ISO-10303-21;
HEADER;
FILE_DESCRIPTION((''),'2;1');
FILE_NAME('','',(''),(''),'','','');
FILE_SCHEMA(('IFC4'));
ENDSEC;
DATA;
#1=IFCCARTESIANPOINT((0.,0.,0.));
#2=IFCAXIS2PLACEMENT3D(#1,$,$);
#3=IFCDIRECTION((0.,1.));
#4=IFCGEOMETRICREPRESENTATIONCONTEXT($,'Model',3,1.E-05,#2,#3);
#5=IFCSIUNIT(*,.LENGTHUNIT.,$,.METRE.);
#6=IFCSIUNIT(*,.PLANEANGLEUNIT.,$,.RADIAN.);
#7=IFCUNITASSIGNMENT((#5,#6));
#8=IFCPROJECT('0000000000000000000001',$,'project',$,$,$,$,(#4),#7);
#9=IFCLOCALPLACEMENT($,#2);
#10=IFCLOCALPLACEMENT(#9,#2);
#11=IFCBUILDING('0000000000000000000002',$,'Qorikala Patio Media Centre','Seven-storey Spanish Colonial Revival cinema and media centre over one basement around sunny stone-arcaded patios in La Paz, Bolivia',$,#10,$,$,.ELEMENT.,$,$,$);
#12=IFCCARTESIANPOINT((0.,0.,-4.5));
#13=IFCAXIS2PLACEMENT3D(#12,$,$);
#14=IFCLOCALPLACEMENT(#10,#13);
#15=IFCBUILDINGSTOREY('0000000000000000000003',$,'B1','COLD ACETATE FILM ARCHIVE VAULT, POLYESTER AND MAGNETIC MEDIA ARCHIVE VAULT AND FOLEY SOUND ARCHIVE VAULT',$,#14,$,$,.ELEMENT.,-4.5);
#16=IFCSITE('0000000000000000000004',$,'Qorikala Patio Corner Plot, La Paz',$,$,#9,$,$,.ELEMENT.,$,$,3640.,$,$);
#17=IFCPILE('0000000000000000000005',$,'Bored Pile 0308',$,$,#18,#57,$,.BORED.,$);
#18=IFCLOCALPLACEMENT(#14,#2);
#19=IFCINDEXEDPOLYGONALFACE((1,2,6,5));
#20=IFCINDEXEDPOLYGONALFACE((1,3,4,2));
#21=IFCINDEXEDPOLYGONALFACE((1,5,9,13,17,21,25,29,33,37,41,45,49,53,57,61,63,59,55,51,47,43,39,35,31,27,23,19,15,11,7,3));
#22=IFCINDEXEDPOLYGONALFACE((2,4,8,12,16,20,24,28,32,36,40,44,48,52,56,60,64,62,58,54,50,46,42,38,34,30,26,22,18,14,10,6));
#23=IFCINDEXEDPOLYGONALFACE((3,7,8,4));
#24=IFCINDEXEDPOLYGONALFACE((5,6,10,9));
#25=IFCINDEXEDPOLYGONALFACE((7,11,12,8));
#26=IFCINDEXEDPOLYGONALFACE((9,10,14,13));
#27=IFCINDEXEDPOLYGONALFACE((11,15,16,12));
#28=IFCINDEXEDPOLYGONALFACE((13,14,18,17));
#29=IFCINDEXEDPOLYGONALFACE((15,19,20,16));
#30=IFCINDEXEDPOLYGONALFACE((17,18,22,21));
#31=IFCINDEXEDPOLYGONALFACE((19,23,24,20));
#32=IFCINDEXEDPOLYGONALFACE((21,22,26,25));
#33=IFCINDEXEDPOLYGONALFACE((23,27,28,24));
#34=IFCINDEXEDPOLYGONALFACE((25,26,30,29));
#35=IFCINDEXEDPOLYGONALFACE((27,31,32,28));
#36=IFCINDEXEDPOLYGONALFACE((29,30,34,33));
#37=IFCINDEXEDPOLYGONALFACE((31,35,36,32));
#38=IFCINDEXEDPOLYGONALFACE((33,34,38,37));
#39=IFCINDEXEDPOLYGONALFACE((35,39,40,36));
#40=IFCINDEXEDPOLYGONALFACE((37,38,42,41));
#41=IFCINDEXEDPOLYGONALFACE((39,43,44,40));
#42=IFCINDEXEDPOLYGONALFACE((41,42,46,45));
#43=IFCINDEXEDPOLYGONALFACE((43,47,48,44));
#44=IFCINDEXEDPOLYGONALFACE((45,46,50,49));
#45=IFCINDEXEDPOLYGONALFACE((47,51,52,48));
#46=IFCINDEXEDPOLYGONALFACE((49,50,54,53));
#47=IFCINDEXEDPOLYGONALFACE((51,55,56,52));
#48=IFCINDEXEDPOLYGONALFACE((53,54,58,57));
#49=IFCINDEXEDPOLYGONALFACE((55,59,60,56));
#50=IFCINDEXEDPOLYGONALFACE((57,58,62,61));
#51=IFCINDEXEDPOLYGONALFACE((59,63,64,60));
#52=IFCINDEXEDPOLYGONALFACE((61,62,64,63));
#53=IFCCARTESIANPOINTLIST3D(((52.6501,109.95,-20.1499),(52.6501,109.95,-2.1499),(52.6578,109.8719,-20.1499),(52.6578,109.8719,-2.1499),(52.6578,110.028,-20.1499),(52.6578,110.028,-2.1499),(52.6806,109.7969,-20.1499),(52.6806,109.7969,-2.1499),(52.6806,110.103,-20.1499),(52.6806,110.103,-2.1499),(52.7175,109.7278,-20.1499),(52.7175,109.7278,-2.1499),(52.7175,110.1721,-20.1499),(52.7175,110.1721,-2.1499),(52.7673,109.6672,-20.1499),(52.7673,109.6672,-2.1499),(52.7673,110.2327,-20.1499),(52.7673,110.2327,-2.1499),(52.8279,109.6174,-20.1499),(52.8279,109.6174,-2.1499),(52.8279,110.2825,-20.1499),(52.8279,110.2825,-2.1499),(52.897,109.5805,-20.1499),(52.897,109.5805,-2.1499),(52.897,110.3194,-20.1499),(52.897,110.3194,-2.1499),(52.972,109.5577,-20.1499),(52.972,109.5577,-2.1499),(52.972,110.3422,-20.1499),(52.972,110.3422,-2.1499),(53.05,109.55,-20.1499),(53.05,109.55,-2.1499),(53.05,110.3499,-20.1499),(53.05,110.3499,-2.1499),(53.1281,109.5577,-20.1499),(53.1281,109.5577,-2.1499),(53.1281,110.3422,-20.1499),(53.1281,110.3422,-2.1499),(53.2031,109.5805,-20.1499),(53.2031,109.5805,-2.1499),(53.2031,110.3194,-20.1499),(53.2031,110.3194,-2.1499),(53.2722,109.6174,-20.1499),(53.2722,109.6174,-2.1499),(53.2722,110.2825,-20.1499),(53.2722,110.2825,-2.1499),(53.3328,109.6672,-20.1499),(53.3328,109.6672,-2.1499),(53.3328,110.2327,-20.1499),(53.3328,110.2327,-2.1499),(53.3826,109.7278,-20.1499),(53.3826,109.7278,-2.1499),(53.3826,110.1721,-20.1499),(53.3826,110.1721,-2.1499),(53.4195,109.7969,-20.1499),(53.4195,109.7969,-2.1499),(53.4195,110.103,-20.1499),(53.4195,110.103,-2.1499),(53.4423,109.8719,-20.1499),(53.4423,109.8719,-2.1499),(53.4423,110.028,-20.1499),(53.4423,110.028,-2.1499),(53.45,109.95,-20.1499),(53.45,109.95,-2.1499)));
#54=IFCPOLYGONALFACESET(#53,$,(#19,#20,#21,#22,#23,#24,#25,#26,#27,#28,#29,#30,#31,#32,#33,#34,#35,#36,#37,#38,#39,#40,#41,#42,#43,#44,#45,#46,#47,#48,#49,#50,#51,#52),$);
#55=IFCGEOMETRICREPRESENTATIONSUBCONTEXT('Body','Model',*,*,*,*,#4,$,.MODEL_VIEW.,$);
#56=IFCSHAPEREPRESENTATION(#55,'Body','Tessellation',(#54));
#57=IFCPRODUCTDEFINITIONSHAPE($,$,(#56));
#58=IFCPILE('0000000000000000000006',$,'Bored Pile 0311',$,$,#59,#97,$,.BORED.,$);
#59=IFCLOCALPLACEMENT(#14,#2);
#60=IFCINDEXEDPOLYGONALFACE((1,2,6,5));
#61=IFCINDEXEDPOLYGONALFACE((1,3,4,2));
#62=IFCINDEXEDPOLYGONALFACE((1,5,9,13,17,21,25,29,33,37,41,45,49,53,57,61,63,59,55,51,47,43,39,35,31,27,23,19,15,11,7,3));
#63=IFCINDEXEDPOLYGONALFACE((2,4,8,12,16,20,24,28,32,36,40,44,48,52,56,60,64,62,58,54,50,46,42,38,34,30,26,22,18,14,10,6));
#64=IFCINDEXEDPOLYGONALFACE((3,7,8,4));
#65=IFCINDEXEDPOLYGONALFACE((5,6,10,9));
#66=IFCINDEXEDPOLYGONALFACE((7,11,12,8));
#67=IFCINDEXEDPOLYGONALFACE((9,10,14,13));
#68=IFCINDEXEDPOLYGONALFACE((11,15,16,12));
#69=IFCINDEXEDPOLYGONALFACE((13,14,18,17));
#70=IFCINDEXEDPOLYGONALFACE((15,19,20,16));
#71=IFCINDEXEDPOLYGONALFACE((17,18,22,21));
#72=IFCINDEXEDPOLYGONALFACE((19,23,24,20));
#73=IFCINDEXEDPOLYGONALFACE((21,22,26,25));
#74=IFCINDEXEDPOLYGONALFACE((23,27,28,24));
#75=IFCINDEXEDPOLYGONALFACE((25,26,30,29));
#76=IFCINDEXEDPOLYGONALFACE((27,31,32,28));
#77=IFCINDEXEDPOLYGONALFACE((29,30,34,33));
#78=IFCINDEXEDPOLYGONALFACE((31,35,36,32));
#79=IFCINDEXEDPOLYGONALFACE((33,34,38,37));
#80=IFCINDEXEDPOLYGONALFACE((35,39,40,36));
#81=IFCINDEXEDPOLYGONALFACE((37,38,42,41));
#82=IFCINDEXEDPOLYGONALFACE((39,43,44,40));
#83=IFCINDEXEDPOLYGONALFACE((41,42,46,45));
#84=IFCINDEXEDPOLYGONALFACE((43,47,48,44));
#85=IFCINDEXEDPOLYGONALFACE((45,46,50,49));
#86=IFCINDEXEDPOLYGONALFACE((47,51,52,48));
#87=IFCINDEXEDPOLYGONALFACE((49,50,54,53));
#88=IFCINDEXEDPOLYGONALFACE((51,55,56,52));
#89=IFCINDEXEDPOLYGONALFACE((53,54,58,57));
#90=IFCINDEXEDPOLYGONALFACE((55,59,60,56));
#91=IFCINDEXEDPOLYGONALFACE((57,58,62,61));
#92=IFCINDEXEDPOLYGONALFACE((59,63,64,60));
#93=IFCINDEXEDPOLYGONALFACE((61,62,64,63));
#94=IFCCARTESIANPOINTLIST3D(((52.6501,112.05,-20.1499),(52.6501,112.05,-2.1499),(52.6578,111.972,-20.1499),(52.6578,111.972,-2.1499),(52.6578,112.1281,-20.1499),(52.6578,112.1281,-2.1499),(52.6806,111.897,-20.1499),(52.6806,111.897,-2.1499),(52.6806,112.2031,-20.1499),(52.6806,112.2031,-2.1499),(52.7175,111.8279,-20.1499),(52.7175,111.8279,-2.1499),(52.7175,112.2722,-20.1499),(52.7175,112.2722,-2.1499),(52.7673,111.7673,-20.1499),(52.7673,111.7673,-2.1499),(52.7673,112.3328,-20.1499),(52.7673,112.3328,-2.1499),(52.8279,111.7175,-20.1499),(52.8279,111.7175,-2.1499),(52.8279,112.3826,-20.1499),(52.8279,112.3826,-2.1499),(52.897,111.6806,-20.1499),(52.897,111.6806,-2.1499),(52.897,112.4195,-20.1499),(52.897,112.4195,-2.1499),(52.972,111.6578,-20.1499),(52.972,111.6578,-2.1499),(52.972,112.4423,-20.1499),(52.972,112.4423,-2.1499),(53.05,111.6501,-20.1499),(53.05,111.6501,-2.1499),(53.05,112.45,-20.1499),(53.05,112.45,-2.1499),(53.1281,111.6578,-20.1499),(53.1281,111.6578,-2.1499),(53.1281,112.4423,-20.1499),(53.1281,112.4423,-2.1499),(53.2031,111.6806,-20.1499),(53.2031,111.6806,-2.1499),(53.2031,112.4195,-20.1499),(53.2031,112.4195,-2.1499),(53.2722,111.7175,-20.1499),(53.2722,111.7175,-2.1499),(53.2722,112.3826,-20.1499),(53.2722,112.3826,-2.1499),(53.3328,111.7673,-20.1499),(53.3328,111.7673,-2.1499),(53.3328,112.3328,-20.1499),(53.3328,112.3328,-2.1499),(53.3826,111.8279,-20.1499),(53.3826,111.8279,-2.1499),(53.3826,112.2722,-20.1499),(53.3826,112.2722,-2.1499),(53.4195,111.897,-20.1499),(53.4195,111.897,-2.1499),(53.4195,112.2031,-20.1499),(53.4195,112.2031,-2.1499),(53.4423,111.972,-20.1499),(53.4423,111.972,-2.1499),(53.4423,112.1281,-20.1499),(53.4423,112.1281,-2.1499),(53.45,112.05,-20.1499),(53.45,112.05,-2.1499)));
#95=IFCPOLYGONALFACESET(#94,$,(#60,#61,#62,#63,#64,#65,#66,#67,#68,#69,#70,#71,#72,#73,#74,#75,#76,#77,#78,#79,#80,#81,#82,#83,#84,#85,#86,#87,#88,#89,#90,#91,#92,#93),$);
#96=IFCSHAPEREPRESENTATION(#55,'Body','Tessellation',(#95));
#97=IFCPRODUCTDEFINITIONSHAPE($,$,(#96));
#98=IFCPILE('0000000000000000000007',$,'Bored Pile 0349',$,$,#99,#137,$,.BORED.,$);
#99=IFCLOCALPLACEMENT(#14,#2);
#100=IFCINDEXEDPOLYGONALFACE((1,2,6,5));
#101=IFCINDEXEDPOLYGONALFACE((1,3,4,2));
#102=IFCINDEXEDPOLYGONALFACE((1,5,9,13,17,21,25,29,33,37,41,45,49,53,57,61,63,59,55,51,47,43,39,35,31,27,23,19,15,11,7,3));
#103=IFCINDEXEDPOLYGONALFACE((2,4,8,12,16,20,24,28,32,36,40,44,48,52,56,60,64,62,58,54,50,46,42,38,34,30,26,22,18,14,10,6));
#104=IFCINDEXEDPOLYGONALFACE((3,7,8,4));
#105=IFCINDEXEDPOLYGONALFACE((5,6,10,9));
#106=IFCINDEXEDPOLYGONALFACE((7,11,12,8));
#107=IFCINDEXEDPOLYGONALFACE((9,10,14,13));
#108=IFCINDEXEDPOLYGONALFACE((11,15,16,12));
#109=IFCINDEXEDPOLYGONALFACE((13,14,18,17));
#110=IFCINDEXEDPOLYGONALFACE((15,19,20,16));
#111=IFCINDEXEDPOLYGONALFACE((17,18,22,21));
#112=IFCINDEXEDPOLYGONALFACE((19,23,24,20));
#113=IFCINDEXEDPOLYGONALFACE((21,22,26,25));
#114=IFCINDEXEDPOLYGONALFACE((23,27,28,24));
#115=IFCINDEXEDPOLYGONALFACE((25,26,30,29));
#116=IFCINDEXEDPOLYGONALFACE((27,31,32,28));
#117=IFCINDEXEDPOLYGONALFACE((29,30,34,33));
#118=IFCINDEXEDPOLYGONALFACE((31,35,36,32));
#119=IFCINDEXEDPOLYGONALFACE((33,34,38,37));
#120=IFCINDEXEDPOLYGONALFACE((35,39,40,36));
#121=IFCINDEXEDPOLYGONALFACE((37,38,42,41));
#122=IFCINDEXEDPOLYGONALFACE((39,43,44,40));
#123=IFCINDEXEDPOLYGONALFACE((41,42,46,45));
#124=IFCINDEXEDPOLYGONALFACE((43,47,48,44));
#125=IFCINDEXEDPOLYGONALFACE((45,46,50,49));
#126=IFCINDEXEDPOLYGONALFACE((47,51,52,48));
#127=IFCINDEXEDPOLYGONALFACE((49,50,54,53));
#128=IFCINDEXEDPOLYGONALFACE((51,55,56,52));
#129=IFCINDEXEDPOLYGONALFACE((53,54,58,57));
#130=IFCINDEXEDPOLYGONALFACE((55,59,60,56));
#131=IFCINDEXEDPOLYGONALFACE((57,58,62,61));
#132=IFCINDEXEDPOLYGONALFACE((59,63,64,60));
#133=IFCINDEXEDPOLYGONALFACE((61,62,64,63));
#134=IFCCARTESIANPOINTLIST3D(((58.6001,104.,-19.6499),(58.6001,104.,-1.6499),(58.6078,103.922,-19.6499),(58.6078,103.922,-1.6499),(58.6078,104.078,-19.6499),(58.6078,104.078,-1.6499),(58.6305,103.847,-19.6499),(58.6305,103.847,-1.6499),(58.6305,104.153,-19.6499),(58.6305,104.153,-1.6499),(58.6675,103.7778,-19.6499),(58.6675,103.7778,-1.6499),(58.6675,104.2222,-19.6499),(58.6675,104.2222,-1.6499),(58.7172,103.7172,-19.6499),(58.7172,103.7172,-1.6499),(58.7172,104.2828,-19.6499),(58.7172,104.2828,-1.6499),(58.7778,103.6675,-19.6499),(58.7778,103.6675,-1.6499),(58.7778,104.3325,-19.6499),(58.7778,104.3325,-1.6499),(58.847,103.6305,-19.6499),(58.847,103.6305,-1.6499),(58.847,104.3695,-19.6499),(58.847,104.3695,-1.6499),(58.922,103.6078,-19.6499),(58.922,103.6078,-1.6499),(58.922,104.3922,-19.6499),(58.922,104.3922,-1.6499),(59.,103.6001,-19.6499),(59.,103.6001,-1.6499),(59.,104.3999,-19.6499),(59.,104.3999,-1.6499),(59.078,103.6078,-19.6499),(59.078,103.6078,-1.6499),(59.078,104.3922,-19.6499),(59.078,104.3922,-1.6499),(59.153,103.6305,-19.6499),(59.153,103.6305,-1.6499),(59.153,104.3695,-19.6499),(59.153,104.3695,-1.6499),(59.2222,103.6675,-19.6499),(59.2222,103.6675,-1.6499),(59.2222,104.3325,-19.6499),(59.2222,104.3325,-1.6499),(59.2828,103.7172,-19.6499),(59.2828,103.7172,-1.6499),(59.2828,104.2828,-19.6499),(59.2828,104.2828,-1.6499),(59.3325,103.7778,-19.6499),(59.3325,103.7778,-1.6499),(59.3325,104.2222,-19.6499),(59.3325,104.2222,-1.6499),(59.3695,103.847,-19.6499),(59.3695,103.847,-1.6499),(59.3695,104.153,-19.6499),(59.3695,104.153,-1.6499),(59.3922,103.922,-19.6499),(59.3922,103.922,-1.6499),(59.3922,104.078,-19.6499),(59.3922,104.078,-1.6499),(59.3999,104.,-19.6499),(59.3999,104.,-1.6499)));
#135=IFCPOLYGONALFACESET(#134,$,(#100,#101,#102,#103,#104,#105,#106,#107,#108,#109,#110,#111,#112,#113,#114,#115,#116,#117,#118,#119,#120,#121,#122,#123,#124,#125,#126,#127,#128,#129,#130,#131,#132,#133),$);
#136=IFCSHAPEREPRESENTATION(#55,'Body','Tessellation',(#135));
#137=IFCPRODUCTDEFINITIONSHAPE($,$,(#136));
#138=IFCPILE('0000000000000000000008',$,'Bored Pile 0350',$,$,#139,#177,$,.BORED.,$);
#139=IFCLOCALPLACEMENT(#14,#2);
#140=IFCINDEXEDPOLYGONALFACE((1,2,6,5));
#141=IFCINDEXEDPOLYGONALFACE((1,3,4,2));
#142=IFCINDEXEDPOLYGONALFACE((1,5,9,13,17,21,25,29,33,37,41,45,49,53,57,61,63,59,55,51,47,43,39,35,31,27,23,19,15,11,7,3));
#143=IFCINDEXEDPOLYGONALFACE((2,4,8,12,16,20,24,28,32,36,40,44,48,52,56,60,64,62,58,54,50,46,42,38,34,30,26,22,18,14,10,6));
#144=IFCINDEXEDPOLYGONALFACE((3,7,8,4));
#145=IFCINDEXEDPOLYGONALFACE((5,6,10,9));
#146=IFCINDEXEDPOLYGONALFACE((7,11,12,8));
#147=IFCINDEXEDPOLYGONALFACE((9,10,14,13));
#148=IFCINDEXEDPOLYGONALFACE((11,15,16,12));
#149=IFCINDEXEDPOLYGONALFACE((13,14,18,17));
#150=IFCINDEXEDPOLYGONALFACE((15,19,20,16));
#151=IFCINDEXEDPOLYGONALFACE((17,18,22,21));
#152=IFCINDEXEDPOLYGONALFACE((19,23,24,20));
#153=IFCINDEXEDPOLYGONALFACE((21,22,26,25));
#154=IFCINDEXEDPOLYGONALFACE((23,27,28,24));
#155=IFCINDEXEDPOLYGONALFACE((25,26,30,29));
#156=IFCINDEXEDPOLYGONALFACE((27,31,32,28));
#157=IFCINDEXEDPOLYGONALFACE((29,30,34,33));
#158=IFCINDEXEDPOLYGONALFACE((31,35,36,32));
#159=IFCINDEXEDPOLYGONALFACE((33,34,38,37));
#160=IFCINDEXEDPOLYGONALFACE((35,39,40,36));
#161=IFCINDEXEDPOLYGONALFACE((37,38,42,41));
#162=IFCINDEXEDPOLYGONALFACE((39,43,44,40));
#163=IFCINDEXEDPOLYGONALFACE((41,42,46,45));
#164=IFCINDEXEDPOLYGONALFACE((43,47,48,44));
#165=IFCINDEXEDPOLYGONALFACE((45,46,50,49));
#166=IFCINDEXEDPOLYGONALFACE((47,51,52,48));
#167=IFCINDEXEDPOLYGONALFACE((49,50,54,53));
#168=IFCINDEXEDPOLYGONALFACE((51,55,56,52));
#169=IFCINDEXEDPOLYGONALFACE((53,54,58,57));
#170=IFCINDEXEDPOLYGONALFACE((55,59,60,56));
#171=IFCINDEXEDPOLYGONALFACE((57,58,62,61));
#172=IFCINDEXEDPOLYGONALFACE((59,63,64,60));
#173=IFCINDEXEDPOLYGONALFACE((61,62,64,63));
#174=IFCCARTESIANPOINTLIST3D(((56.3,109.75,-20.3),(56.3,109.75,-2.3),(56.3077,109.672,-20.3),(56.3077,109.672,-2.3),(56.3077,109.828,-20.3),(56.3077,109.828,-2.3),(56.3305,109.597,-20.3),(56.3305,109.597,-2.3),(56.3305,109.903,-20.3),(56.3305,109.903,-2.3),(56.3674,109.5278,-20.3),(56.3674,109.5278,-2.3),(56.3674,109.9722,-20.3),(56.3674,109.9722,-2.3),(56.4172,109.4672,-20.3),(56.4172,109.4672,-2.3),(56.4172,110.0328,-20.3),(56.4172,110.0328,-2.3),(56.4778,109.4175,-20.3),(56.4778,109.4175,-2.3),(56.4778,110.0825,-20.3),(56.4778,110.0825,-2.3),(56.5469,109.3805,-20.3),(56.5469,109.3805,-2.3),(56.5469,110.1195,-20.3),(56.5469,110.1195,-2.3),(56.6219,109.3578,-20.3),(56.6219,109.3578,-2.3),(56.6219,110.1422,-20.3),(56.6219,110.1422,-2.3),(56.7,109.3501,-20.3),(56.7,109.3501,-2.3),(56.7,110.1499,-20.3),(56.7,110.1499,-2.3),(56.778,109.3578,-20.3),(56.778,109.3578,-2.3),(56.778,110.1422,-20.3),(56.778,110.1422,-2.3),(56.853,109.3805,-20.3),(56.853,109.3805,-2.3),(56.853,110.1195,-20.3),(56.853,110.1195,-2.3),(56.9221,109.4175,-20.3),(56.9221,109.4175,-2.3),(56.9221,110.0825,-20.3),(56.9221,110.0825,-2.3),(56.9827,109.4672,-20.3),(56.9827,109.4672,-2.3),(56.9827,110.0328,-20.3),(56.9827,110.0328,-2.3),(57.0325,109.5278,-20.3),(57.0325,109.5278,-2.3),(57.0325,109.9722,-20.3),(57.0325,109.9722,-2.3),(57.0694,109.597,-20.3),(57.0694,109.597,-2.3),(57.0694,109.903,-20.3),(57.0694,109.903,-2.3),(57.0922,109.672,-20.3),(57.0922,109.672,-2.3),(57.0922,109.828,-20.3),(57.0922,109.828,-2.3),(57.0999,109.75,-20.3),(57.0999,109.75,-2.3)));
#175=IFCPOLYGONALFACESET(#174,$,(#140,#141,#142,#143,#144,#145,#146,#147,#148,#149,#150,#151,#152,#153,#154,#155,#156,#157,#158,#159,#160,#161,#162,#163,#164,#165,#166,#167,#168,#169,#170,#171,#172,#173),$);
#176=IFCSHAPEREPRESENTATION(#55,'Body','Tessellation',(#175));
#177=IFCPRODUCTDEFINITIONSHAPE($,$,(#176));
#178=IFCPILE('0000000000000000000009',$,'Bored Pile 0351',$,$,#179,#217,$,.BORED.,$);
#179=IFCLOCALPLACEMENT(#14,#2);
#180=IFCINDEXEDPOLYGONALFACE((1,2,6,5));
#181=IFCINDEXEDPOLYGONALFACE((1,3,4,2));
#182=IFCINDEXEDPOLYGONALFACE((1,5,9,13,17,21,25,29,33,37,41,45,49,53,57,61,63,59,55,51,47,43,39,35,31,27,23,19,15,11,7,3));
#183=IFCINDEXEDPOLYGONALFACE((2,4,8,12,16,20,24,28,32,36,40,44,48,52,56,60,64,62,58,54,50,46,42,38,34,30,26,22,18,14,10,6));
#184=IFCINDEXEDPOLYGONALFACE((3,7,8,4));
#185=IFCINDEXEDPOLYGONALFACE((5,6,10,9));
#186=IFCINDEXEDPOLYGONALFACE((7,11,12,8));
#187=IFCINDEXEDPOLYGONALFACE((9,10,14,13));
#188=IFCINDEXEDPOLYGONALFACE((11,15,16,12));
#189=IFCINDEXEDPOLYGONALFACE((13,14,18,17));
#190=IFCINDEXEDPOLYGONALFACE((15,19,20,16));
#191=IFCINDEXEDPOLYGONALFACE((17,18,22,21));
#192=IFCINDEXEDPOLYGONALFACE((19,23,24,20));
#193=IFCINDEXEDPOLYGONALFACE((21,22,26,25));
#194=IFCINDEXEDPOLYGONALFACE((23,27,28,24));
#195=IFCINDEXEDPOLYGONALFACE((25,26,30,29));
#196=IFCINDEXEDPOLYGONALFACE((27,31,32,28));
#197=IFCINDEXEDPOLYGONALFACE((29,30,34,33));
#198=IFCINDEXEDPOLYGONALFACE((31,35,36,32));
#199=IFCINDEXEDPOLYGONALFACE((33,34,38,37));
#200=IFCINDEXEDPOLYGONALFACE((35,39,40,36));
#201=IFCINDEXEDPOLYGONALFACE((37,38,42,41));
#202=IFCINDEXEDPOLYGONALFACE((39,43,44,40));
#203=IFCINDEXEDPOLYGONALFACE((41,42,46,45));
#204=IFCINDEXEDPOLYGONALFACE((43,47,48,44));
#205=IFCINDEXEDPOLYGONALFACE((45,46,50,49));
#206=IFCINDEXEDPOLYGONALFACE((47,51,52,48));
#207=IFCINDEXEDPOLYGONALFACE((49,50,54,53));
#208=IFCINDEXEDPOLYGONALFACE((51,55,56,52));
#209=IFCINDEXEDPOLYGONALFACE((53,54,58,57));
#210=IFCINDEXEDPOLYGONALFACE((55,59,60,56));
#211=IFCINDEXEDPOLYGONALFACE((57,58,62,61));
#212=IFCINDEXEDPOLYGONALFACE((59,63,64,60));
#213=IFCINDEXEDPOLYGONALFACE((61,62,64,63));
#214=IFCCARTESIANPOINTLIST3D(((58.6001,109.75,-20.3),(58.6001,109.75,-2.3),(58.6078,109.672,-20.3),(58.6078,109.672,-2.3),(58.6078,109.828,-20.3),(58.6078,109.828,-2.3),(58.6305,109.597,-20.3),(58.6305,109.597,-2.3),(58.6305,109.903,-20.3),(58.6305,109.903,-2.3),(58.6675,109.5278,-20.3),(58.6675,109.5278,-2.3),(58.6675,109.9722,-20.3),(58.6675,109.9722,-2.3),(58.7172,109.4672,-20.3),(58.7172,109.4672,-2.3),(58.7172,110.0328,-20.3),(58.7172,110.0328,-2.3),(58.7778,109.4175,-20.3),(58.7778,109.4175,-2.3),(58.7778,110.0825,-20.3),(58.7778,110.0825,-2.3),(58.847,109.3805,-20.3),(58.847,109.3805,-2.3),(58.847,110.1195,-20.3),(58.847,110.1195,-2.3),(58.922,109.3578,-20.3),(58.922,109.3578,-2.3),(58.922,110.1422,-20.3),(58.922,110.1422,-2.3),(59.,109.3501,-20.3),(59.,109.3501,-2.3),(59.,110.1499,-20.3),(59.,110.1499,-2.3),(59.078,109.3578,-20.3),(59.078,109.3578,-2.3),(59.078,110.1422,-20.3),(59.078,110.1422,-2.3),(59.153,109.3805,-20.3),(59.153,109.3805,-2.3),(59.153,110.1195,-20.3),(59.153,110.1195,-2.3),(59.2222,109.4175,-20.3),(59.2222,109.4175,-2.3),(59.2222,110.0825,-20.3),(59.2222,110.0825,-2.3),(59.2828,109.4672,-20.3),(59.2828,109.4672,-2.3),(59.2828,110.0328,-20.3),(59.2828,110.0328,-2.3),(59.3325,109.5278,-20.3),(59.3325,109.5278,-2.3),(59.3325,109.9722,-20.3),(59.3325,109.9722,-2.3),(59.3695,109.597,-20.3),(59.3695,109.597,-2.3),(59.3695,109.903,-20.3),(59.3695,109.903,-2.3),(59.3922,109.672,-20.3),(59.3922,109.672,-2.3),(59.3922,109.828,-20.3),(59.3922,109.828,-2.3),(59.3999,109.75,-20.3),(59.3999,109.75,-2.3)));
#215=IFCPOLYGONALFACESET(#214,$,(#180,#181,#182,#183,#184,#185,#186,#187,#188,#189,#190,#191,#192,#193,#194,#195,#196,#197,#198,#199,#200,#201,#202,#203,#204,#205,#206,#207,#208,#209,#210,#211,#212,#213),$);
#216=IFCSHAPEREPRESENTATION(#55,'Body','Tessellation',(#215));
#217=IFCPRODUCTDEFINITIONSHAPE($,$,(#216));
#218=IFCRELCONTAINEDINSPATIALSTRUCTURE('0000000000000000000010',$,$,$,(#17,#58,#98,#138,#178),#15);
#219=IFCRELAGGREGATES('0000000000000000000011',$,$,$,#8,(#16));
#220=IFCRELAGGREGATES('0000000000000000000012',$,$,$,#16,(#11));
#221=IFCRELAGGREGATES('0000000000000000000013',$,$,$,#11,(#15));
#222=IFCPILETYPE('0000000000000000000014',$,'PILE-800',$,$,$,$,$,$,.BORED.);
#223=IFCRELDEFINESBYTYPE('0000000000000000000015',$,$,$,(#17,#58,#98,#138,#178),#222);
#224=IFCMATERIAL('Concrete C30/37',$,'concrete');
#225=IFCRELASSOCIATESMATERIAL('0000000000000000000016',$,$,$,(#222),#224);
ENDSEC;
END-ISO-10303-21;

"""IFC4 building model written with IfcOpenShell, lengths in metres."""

from ifc_helpers import new_model, si_unit, direction, frame, origin, origin_2d, place, context, subcontext, project, spatial, circle, extrude, material, material_profile, profile_set, type_object, element, save


model = new_model("IFC4")

# Units and contexts
model_context = context("Model", 3, precision=1e-05, world=origin(), true_north=direction((0.0, 1.0)))
body_context = subcontext(model_context, "Body", "Model", "MODEL_VIEW")
ifc_project = project(units=[si_unit("LENGTHUNIT", "METRE"), si_unit("PLANEANGLEUNIT", "RADIAN")], contexts=[model_context])

# Site, building, storey
site_placement = place(None, origin())
site = spatial("IfcSite", under=ifc_project, at=site_placement, Name="Qorikala Patio Corner Plot, La Paz", CompositionType="ELEMENT", RefElevation=3640.0)
building_placement = place(site_placement, origin())
building = spatial("IfcBuilding", under=site, at=building_placement, Name="Qorikala Patio Media Centre", Description="Seven-storey Spanish Colonial Revival cinema and media centre over one basement around sunny stone-arcaded patios in La Paz, Bolivia", CompositionType="ELEMENT")
storey_placement = place(building_placement, frame((0.0, 0.0, -4.5)))
storey = spatial("IfcBuildingStorey", under=building, at=storey_placement, Name="B1", Description="COLD ACETATE FILM ARCHIVE VAULT, POLYESTER AND MAGNETIC MEDIA ARCHIVE VAULT AND FOLEY SOUND ARCHIVE VAULT", CompositionType="ELEMENT", Elevation=-4.5)

# Shared definitions
ifc_material_1 = material(Name="Concrete C30/37", Category="concrete")

# Piles
ifc_material_profile_1 = material_profile(ifc_material_1, circle(Radius=0.3999, at=origin_2d()), Name="BORED PILE 800")
ifc_profile_set_1 = profile_set([ifc_material_profile_1], Name="Concrete C30/37")
pile_type_1 = type_object("IfcPileType", Name="PILE-800", PredefinedType="BORED", material=ifc_profile_set_1)
for number, where, z_axis, x_axis, name in (
    (1, (53.05, 109.95, -2.1499), (0.0, 0.0, -1.0), (1.0, 0.0, 0.0), "Bored Pile 0308"),
    (2, (53.05, 112.05, -2.1499), (0.0, 0.0, -1.0), (1.0, 0.0, 0.0), "Bored Pile 0311"),
    (3, (59.0, 104.0, -1.6499), (0.0, 0.0, -1.0), (1.0, 0.0, 0.0), "Bored Pile 0349"),
    (4, (56.7, 109.75, -2.3), (0.0, 0.0, -1.0), (1.0, 0.0, 0.0), "Bored Pile 0350"),
    (5, (59.0, 109.75, -2.3), (0.0, 0.0, -1.0), (1.0, 0.0, 0.0), "Bored Pile 0351"),
):
    element("IfcPile", number, at=place(storey_placement, frame(where, z_axis=z_axis, x_axis=x_axis)), inside=storey, type_object=pile_type_1, Name=name, PredefinedType="BORED", context=body_context, shape_type="SweptSolid", body=[
        extrude(circle(Radius=0.3999, at=origin_2d()), origin(), (0.0, 0.0, 1.0), 18.0),
    ])

save(model, "model.ifc")
